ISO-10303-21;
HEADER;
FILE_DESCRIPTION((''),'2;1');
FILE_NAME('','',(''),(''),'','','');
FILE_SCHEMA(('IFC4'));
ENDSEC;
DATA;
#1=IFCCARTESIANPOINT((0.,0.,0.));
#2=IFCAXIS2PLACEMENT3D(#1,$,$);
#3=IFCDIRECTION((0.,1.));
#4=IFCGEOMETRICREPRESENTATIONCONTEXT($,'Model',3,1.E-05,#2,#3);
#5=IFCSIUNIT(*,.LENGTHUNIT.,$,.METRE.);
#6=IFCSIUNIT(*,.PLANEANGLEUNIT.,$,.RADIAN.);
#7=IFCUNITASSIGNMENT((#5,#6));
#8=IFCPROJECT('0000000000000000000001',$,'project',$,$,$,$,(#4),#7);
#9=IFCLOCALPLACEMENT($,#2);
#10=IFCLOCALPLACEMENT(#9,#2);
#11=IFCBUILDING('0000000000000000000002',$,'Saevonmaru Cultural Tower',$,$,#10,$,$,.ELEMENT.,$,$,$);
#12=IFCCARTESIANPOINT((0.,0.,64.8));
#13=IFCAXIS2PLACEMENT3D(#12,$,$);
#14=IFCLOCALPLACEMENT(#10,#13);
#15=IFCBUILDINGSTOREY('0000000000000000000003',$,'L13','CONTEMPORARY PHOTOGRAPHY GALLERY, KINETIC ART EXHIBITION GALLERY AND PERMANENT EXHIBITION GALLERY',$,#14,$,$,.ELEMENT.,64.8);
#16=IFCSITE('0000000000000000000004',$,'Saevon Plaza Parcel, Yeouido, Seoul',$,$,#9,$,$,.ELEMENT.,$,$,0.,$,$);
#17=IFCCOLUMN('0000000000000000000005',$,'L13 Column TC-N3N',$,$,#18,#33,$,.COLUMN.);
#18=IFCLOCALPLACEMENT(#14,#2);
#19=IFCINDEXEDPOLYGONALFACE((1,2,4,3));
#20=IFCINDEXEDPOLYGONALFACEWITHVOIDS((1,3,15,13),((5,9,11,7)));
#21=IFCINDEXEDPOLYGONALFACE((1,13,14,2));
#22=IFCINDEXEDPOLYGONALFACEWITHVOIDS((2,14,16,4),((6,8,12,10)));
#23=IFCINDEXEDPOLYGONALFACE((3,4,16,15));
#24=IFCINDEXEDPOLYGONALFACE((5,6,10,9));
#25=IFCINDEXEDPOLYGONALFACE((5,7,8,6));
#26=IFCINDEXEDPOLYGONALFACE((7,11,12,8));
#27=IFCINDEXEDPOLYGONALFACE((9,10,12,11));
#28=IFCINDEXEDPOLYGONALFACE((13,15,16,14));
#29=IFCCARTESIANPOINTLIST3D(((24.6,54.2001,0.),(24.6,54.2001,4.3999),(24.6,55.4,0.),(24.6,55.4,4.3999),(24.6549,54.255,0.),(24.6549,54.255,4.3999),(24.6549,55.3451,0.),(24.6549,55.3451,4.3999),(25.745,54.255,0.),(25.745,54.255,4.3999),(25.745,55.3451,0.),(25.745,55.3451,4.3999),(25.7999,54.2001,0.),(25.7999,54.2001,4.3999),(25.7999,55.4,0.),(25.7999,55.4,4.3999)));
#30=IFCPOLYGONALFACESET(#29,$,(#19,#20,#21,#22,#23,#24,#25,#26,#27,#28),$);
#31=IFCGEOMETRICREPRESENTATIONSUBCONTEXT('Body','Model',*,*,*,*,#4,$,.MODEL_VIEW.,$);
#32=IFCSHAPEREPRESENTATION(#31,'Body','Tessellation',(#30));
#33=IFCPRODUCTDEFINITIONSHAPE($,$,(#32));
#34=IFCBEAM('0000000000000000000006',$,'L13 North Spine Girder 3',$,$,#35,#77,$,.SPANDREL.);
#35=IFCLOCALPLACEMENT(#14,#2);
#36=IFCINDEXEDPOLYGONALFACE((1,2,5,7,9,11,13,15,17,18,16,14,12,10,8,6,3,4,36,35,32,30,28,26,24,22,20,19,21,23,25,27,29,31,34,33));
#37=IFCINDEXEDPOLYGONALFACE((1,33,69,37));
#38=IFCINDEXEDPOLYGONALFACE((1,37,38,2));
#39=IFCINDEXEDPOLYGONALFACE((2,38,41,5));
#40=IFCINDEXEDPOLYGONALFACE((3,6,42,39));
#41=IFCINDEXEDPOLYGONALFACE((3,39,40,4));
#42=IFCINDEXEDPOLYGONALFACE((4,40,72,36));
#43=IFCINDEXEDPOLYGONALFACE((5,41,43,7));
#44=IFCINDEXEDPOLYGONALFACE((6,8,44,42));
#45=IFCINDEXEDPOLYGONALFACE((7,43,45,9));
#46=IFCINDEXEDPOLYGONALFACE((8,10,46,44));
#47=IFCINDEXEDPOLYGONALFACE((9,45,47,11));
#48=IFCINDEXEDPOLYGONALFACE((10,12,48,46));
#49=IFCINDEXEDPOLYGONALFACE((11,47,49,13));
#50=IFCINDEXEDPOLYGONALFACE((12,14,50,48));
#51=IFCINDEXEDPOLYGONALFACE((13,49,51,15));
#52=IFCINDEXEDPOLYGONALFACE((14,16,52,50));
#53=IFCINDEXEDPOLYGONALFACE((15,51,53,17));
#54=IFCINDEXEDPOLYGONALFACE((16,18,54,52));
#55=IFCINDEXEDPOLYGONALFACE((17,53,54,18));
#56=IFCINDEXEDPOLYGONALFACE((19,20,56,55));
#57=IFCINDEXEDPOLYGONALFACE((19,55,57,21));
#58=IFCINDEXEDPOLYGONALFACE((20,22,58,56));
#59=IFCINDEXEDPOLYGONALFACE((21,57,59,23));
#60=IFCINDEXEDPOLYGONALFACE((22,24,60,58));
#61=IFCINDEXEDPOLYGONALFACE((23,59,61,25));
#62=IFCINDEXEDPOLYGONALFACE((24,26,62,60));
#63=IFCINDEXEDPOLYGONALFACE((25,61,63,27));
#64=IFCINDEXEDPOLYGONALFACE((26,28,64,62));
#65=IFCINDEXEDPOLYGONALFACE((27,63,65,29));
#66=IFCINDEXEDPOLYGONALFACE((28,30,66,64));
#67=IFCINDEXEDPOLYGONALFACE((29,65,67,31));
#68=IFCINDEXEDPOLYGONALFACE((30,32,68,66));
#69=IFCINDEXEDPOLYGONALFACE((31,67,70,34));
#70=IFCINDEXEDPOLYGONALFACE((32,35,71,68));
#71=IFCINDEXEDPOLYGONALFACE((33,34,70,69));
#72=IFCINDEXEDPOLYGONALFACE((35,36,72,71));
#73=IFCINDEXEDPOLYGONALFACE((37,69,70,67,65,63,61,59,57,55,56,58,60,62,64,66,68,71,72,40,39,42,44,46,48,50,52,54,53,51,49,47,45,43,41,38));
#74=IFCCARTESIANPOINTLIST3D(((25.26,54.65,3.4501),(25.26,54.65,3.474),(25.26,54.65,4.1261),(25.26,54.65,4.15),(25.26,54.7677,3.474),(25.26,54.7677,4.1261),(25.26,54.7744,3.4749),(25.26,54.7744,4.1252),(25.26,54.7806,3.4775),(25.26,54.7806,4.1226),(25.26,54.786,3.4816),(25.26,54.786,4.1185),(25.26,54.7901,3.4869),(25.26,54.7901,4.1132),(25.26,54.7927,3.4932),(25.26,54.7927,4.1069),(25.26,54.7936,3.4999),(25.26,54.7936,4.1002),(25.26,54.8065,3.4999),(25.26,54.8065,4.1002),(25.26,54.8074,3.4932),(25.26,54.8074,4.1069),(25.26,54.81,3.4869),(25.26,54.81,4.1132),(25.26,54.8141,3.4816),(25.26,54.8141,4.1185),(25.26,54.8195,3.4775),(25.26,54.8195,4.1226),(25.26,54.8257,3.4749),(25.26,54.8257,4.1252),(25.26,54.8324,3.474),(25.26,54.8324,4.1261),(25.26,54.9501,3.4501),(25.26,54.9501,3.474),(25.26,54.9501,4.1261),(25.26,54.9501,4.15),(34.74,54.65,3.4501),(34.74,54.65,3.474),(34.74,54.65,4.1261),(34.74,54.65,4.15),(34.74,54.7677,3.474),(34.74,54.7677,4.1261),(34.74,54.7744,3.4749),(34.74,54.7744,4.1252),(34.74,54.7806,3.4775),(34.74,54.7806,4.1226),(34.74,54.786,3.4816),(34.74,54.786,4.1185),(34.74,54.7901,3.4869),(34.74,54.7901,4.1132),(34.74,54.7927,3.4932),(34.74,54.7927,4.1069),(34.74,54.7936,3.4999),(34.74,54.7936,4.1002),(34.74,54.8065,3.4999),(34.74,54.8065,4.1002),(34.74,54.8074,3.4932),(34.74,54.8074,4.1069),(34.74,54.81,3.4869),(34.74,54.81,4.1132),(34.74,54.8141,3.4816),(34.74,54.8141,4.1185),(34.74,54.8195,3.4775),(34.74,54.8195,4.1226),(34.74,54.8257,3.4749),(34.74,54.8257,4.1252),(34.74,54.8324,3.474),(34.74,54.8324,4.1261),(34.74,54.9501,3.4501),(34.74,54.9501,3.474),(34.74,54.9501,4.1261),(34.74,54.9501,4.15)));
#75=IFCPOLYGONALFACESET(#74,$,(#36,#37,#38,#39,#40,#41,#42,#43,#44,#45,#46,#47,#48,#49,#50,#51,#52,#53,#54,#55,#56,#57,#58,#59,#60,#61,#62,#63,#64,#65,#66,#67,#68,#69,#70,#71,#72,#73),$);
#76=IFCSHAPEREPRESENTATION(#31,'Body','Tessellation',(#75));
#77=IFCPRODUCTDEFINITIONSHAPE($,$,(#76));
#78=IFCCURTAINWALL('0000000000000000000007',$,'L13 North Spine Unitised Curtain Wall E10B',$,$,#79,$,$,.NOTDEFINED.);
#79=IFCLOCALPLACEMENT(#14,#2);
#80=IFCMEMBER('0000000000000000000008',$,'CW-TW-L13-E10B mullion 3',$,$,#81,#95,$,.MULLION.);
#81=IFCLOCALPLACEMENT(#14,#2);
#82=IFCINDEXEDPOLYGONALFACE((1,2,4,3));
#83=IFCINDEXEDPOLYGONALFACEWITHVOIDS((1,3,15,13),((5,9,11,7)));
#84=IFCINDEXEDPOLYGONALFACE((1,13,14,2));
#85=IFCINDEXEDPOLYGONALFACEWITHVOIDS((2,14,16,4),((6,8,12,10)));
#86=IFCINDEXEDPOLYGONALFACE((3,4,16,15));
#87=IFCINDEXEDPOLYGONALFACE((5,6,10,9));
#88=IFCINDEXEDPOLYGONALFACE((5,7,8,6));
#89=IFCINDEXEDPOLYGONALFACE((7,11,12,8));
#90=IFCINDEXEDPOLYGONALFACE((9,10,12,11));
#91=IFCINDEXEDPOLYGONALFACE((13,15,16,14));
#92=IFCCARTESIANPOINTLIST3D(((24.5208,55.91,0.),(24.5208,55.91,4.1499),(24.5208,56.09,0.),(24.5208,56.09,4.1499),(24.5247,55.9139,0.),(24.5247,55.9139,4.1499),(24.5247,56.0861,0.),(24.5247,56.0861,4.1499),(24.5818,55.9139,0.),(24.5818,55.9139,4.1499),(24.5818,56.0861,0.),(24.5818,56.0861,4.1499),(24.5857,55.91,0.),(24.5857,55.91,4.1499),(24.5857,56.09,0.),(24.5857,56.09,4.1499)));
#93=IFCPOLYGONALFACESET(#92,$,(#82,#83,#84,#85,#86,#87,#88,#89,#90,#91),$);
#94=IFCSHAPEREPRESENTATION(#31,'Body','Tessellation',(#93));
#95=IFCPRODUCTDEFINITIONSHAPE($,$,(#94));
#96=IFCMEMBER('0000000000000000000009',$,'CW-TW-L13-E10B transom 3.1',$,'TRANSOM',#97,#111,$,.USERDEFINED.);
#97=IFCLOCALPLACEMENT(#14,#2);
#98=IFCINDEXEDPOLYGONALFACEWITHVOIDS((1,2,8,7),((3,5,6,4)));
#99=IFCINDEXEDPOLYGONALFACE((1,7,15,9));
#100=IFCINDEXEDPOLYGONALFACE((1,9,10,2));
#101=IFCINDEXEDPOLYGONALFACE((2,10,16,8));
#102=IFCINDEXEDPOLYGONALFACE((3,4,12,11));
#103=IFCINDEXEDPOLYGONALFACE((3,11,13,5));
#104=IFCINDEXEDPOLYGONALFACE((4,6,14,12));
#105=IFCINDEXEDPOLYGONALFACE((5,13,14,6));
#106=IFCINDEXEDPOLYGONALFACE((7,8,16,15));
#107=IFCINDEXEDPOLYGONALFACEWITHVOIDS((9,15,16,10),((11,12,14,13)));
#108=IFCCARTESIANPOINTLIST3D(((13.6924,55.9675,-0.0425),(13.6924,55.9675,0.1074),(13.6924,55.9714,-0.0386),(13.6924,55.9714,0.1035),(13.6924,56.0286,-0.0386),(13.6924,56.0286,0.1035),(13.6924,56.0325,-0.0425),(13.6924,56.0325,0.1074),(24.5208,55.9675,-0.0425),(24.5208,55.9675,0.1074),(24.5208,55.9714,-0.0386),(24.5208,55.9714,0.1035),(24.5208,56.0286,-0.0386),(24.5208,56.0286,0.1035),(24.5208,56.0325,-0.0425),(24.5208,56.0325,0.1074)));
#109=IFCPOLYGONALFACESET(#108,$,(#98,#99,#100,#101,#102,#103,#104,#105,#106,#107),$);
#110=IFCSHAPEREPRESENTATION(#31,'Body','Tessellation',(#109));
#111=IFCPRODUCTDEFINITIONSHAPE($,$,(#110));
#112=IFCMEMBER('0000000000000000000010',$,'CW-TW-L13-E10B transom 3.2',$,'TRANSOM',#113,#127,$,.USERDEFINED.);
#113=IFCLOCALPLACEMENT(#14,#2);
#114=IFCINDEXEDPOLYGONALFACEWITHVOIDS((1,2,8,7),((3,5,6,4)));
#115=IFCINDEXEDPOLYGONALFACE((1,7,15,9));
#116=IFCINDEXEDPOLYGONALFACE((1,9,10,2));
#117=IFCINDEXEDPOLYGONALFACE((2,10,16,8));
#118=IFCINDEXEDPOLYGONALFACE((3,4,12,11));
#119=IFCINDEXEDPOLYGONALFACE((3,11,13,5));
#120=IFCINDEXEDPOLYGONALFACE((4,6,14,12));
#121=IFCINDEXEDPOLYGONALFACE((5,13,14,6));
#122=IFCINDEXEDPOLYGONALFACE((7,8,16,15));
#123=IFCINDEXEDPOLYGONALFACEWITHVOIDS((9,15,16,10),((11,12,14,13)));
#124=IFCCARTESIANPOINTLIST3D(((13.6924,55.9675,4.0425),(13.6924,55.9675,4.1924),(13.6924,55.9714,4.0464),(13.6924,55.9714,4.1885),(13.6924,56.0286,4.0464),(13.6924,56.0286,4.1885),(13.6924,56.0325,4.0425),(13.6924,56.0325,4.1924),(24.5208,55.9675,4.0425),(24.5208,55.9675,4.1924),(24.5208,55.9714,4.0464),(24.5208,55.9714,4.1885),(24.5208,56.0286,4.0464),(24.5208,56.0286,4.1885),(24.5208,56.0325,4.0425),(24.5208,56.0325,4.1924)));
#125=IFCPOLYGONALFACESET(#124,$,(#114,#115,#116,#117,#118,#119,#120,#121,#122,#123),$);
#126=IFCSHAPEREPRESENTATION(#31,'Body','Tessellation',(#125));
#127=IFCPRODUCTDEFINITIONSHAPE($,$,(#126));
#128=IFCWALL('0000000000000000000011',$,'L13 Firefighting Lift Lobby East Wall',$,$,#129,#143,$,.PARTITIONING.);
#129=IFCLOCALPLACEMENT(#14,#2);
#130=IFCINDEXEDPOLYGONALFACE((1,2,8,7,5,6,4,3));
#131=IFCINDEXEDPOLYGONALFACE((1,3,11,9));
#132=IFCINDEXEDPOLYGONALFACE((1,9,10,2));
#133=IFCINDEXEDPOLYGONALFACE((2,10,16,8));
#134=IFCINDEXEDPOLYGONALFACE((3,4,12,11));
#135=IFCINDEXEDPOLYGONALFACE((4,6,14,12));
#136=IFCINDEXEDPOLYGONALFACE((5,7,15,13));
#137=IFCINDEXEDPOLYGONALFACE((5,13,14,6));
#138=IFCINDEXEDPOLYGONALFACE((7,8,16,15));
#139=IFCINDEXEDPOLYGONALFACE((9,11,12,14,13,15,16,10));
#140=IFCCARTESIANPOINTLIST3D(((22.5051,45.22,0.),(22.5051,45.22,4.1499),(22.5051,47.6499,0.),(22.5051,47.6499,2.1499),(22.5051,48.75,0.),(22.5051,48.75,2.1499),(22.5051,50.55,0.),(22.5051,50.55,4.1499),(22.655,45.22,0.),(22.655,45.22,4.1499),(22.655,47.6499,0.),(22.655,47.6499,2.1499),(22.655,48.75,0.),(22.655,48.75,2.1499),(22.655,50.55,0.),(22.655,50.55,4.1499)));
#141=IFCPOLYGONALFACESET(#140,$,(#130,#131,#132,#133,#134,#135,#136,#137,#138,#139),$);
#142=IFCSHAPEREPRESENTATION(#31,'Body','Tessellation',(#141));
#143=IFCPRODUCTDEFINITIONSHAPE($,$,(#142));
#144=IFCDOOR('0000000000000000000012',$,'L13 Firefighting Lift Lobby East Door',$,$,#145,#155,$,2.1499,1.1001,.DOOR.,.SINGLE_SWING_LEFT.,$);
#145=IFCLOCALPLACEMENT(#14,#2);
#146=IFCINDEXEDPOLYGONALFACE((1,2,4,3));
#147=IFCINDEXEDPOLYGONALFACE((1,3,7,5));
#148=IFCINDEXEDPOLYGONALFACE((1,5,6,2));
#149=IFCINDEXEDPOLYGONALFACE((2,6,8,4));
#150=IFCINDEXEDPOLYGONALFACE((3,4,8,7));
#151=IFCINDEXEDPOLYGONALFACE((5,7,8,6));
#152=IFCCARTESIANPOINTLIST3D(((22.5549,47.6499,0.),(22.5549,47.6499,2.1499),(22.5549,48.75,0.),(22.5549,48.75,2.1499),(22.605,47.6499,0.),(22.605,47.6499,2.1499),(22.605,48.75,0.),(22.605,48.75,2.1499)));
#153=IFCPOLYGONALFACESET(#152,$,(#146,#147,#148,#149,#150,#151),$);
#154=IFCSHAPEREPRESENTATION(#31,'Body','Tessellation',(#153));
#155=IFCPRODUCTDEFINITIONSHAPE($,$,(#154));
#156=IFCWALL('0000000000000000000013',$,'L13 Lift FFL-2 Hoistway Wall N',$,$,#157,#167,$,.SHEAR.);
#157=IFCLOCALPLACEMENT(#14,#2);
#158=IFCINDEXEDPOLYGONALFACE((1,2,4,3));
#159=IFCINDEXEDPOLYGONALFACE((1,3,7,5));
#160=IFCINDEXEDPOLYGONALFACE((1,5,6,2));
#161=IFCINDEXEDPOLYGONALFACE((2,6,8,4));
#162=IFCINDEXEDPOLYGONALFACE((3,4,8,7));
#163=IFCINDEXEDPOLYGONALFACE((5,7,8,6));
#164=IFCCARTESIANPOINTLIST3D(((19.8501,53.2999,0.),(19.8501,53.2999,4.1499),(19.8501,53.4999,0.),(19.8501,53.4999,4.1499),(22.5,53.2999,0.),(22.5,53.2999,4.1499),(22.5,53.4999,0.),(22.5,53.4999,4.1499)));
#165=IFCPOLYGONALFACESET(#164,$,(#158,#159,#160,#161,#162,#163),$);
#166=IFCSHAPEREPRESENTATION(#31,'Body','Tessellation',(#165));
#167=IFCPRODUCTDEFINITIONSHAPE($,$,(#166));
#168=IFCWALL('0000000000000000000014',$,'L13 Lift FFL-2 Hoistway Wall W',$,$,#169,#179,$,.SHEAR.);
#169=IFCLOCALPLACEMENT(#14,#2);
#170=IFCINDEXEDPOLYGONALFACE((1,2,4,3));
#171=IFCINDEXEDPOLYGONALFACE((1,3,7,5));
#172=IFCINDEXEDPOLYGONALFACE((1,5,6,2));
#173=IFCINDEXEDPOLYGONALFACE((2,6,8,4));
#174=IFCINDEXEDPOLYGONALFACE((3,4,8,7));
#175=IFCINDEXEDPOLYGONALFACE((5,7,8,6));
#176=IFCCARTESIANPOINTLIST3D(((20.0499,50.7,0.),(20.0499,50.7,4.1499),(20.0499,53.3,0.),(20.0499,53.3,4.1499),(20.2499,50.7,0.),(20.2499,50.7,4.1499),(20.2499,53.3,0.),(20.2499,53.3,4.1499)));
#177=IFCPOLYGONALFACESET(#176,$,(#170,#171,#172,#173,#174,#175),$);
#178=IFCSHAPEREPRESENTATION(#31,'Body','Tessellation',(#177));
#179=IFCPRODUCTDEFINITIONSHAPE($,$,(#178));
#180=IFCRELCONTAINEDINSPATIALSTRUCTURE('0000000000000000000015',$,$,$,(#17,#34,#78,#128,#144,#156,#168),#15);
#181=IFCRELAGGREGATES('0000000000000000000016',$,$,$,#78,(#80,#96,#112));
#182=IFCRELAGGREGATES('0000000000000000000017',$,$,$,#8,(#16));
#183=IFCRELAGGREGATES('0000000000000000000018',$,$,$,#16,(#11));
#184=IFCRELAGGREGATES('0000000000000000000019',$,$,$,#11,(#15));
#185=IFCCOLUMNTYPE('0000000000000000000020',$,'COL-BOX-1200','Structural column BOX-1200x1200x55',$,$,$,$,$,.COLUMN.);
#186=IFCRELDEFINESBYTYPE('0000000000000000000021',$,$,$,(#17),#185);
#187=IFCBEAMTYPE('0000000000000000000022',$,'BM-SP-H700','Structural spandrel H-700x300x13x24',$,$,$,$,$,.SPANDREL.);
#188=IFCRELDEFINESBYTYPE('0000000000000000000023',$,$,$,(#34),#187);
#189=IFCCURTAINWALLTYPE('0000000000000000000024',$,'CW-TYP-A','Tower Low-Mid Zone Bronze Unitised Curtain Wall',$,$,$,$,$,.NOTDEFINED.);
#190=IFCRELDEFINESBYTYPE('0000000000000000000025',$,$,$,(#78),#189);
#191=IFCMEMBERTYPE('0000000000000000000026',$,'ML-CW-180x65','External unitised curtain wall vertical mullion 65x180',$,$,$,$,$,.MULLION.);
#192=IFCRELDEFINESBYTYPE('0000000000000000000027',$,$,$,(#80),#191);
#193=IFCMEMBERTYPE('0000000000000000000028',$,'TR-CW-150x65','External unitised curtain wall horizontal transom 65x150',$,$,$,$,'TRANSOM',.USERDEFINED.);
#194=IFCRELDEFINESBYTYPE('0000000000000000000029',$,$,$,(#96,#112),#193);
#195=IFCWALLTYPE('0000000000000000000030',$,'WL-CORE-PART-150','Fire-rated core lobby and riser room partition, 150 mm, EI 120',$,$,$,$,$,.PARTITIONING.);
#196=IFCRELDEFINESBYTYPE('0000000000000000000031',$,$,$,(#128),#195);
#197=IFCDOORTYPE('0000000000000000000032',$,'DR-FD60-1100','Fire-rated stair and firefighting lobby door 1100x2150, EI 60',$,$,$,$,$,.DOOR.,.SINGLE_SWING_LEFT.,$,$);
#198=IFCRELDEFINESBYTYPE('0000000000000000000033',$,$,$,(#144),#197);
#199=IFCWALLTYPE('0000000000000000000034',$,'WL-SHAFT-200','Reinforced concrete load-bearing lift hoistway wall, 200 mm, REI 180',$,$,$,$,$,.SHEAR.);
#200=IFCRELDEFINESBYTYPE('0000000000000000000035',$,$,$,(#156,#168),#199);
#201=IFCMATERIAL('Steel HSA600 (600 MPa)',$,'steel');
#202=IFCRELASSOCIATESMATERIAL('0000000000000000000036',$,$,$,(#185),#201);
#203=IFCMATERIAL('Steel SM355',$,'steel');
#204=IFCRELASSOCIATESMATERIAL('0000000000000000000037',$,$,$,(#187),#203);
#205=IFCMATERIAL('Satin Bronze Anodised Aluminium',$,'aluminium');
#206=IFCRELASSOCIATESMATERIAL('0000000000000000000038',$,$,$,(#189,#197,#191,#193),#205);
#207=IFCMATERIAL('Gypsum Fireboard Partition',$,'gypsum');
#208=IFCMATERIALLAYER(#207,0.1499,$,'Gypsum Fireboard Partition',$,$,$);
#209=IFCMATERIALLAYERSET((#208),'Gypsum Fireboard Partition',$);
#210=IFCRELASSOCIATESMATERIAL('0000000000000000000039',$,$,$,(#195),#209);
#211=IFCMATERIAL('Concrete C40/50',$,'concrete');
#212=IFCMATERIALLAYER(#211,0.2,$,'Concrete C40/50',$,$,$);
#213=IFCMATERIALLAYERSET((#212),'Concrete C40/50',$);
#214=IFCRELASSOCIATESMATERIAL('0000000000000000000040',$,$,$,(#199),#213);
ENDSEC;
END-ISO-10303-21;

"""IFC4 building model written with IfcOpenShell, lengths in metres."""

from ifc_helpers import new_model, si_unit, direction, frame, frame_2d, origin, origin_2d, place, context, subcontext, project, spatial, rectangle, hollow_rectangle, i_section, extrude, material, layer, layer_set, material_profile, profile_set, type_object, element, fill, aggregate, save


model = new_model("IFC4")

# Units and contexts
model_context = context("Model", 3, precision=1e-05, world=origin(), true_north=direction((0.0, 1.0)))
body_context = subcontext(model_context, "Body", "Model", "MODEL_VIEW")
ifc_project = project(units=[si_unit("LENGTHUNIT", "METRE"), si_unit("PLANEANGLEUNIT", "RADIAN")], contexts=[model_context])

# Site, building, storey
site_placement = place(None, origin())
site = spatial("IfcSite", under=ifc_project, at=site_placement, Name="Saevon Plaza Parcel, Yeouido, Seoul", CompositionType="ELEMENT", RefElevation=0.0)
building_placement = place(site_placement, origin())
building = spatial("IfcBuilding", under=site, at=building_placement, Name="Saevonmaru Cultural Tower", CompositionType="ELEMENT")
storey_placement = place(building_placement, frame((0.0, 0.0, 64.8)))
storey = spatial("IfcBuildingStorey", under=building, at=storey_placement, Name="L13", Description="CONTEMPORARY PHOTOGRAPHY GALLERY, KINETIC ART EXHIBITION GALLERY AND PERMANENT EXHIBITION GALLERY", CompositionType="ELEMENT", Elevation=64.8)

# Column
ifc_material_1 = material(Name="Steel HSA600 (600 MPa)", Category="steel")
ifc_material_profile_1 = material_profile(ifc_material_1, hollow_rectangle(XDim=1.2, YDim=1.2, WallThickness=0.0549, at=origin_2d()), Name="BOX-1200x1200x55")
ifc_profile_set_1 = profile_set([ifc_material_profile_1], Name="Steel HSA600 (600 MPa)")
column_type = type_object("IfcColumnType", Name="COL-BOX-1200", Description="Structural column BOX-1200x1200x55", PredefinedType="COLUMN", material=ifc_profile_set_1)
column_placement = place(storey_placement, frame((25.2, 54.8, 0.0), z_axis=(0.0, 0.0, 1.0), x_axis=(1.0, 0.0, 0.0)))
element("IfcColumn", 1, at=column_placement, inside=storey, type_object=column_type, Name="L13 Column TC-N3N", PredefinedType="COLUMN", context=body_context, shape_type="SweptSolid", body=[
    extrude(hollow_rectangle(XDim=1.2, YDim=1.2, WallThickness=0.0549, at=origin_2d()), origin(), (0.0, 0.0, 1.0), 4.3999),
])

# Beam
ifc_material_2 = material(Name="Steel SM355", Category="steel")
ifc_material_profile_2 = material_profile(ifc_material_2, i_section(OverallWidth=0.3, OverallDepth=0.7, WebThickness=0.0129, FlangeThickness=0.0239, FilletRadius=0.0259, at=origin_2d()), Name="H-700x300x13x24")
ifc_profile_set_2 = profile_set([ifc_material_profile_2], Name="Steel SM355")
beam_type = type_object("IfcBeamType", Name="BM-SP-H700", Description="Structural spandrel H-700x300x13x24", PredefinedType="SPANDREL", material=ifc_profile_set_2)
beam_placement = place(storey_placement, frame((25.26, 54.8, 3.8), z_axis=(1.0, 0.0, 0.0), x_axis=(0.0, 1.0, 0.0)))
element("IfcBeam", 2, at=beam_placement, inside=storey, type_object=beam_type, Name="L13 North Spine Girder 3", PredefinedType="SPANDREL", context=body_context, shape_type="SweptSolid", body=[
    extrude(i_section(OverallWidth=0.3, OverallDepth=0.7, WebThickness=0.0129, FlangeThickness=0.0239, FilletRadius=0.0259, at=origin_2d()), origin(), (0.0, 0.0, 1.0), 9.48),
])

# Curtain wall, members
ifc_material_3 = material(Name="Satin Bronze Anodised Aluminium", Category="aluminium")
curtain_wall_type = type_object("IfcCurtainWallType", Name="CW-TYP-A", Description="Tower Low-Mid Zone Bronze Unitised Curtain Wall", PredefinedType="NOTDEFINED", material=ifc_material_3)
curtain_wall_placement = place(storey_placement, origin())
curtain_wall = element("IfcCurtainWall", 3, at=curtain_wall_placement, inside=storey, type_object=curtain_wall_type, Name="L13 North Spine Unitised Curtain Wall E10B", PredefinedType="NOTDEFINED")
ifc_material_profile_3 = material_profile(ifc_material_3, hollow_rectangle(XDim=0.0649, YDim=0.1799, WallThickness=0.0039, at=origin_2d()), Name="ALU-MULL-180x65x4")
ifc_profile_set_3 = profile_set([ifc_material_profile_3], Name="Satin Bronze Anodised Aluminium")
member_type_1 = type_object("IfcMemberType", Name="ML-CW-180x65", Description="External unitised curtain wall vertical mullion 65x180", PredefinedType="MULLION", material=ifc_profile_set_3)
member_1_placement = place(storey_placement, frame((24.5532, 56.0, 0.0), z_axis=(0.0, 0.0, 1.0), x_axis=(-1.0, 0.0, 0.0)))
member_1 = element("IfcMember", 4, at=member_1_placement, type_object=member_type_1, Name="CW-TW-L13-E10B mullion 3", PredefinedType="MULLION", context=body_context, shape_type="SweptSolid", body=[
    extrude(hollow_rectangle(XDim=0.0649, YDim=0.1799, WallThickness=0.0039, at=origin_2d()), origin(), (0.0, 0.0, 1.0), 4.1499),
])
ifc_material_profile_4 = material_profile(ifc_material_3, hollow_rectangle(XDim=0.0649, YDim=0.1499, WallThickness=0.0039, at=origin_2d()), Name="ALU-TRAN-150x65x4")
ifc_profile_set_4 = profile_set([ifc_material_profile_4], Name="Satin Bronze Anodised Aluminium")
member_type_2 = type_object("IfcMemberType", Name="TR-CW-150x65", Description="External unitised curtain wall horizontal transom 65x150", ElementType="TRANSOM", PredefinedType="USERDEFINED", material=ifc_profile_set_4)
member_2_placement = place(storey_placement, frame((24.5208, 56.0, 0.0325), z_axis=(-1.0, 0.0, 0.0), x_axis=(0.0, -1.0, 0.0)))
member_2 = element("IfcMember", 5, at=member_2_placement, type_object=member_type_2, Name="CW-TW-L13-E10B transom 3.1", ObjectType="TRANSOM", PredefinedType="USERDEFINED", context=body_context, shape_type="SweptSolid", body=[
    extrude(hollow_rectangle(XDim=0.0649, YDim=0.1499, WallThickness=0.0039, at=origin_2d()), origin(), (0.0, 0.0, 1.0), 10.8284),
])
member_3_placement = place(storey_placement, frame((24.5208, 56.0, 4.1174), z_axis=(-1.0, 0.0, 0.0), x_axis=(0.0, -1.0, 0.0)))
member_3 = element("IfcMember", 6, at=member_3_placement, type_object=member_type_2, Name="CW-TW-L13-E10B transom 3.2", ObjectType="TRANSOM", PredefinedType="USERDEFINED", context=body_context, shape_type="SweptSolid", body=[
    extrude(hollow_rectangle(XDim=0.0649, YDim=0.1499, WallThickness=0.0039, at=origin_2d()), origin(), (0.0, 0.0, 1.0), 10.8284),
])
aggregate(curtain_wall, [member_1, member_2, member_3])

# Wall, opening, door
ifc_material_4 = material(Name="Gypsum Fireboard Partition", Category="gypsum")
ifc_layer_1 = layer(ifc_material_4, 0.1499, Name="Gypsum Fireboard Partition")
ifc_layer_set_1 = layer_set([ifc_layer_1], Name="Gypsum Fireboard Partition")
wall_type_1 = type_object("IfcWallType", Name="WL-CORE-PART-150", Description="Fire-rated core lobby and riser room partition, 150 mm, EI 120", PredefinedType="PARTITIONING", material=ifc_layer_set_1)
wall_1_placement = place(storey_placement, frame((22.5801, 50.55, 0.0), z_axis=(0.0, 0.0, 1.0), x_axis=(0.0, -1.0, 0.0)))
wall_1 = element("IfcWall", 7, at=wall_1_placement, inside=storey, type_object=wall_type_1, Name="L13 Firefighting Lift Lobby East Wall", PredefinedType="PARTITIONING", context=body_context, shape_type="SweptSolid", body=[
    extrude(rectangle(XDim=5.3301, YDim=0.1499, at=frame_2d((2.665, 0.0))), origin(), (0.0, 0.0, 1.0), 4.1499),
])
opening_1_placement = place(wall_1_placement, frame((1.8, 0.0, 0.0)))
opening_1 = element("IfcOpeningElement", 8, at=opening_1_placement, cuts=wall_1, PredefinedType="OPENING", context=body_context, shape_type="SweptSolid", body=[
    extrude(rectangle(XDim=1.1001, YDim=2.1499, at=frame_2d((0.55, 1.075))), frame((0.0, 0.085, 0.0), z_axis=(0.0, -1.0, 0.0), x_axis=(1.0, 0.0, 0.0)), (0.0, 0.0, 1.0), 0.1699),
])
door_type_1 = type_object("IfcDoorType", Name="DR-FD60-1100", Description="Fire-rated stair and firefighting lobby door 1100x2150, EI 60", OperationType="SINGLE_SWING_LEFT", PredefinedType="DOOR", material=ifc_material_3)
door_1_placement = place(opening_1_placement, origin())
door_1 = element("IfcDoor", 9, at=door_1_placement, inside=storey, type_object=door_type_1, Name="L13 Firefighting Lift Lobby East Door", OperationType="SINGLE_SWING_LEFT", OverallHeight=2.1499, OverallWidth=1.1001, PredefinedType="DOOR", context=body_context, shape_type="SweptSolid", body=[
    extrude(rectangle(XDim=1.1001, YDim=2.1499, at=frame_2d((0.55, 1.075))), frame((0.0, 0.0249, 0.0), z_axis=(0.0, -1.0, 0.0), x_axis=(1.0, 0.0, 0.0)), (0.0, 0.0, 1.0), 0.05),
])
fill(opening_1, door_1)

# Walls
ifc_material_5 = material(Name="Concrete C40/50", Category="concrete")
ifc_layer_2 = layer(ifc_material_5, 0.2, Name="Concrete C40/50")
ifc_layer_set_2 = layer_set([ifc_layer_2], Name="Concrete C40/50")
wall_type_2 = type_object("IfcWallType", Name="WL-SHAFT-200", Description="Reinforced concrete load-bearing lift hoistway wall, 200 mm, REI 180", PredefinedType="SHEAR", material=ifc_layer_set_2)
wall_2_placement = place(storey_placement, frame((19.8501, 53.3999, 0.0), z_axis=(0.0, 0.0, 1.0), x_axis=(1.0, 0.0, 0.0)))
element("IfcWall", 10, at=wall_2_placement, inside=storey, type_object=wall_type_2, Name="L13 Lift FFL-2 Hoistway Wall N", PredefinedType="SHEAR", context=body_context, shape_type="SweptSolid", body=[
    extrude(rectangle(XDim=2.6499, YDim=0.2, at=frame_2d((1.325, 0.0))), origin(), (0.0, 0.0, 1.0), 4.1499),
])
for number, where, z_axis, x_axis, name in (
    (11, (20.1499, 50.7, 0.0), (0.0, 0.0, 1.0), (0.0, 1.0, 0.0), "L13 Lift FFL-2 Hoistway Wall W"),
):
    element("IfcWall", number, at=place(storey_placement, frame(where, z_axis=z_axis, x_axis=x_axis)), inside=storey, type_object=wall_type_2, Name=name, PredefinedType="SHEAR", context=body_context, shape_type="SweptSolid", body=[
        extrude(rectangle(XDim=2.6001, YDim=0.2, at=frame_2d((1.3, 0.0))), origin(), (0.0, 0.0, 1.0), 4.1499),
    ])

save(model, "model.ifc")
